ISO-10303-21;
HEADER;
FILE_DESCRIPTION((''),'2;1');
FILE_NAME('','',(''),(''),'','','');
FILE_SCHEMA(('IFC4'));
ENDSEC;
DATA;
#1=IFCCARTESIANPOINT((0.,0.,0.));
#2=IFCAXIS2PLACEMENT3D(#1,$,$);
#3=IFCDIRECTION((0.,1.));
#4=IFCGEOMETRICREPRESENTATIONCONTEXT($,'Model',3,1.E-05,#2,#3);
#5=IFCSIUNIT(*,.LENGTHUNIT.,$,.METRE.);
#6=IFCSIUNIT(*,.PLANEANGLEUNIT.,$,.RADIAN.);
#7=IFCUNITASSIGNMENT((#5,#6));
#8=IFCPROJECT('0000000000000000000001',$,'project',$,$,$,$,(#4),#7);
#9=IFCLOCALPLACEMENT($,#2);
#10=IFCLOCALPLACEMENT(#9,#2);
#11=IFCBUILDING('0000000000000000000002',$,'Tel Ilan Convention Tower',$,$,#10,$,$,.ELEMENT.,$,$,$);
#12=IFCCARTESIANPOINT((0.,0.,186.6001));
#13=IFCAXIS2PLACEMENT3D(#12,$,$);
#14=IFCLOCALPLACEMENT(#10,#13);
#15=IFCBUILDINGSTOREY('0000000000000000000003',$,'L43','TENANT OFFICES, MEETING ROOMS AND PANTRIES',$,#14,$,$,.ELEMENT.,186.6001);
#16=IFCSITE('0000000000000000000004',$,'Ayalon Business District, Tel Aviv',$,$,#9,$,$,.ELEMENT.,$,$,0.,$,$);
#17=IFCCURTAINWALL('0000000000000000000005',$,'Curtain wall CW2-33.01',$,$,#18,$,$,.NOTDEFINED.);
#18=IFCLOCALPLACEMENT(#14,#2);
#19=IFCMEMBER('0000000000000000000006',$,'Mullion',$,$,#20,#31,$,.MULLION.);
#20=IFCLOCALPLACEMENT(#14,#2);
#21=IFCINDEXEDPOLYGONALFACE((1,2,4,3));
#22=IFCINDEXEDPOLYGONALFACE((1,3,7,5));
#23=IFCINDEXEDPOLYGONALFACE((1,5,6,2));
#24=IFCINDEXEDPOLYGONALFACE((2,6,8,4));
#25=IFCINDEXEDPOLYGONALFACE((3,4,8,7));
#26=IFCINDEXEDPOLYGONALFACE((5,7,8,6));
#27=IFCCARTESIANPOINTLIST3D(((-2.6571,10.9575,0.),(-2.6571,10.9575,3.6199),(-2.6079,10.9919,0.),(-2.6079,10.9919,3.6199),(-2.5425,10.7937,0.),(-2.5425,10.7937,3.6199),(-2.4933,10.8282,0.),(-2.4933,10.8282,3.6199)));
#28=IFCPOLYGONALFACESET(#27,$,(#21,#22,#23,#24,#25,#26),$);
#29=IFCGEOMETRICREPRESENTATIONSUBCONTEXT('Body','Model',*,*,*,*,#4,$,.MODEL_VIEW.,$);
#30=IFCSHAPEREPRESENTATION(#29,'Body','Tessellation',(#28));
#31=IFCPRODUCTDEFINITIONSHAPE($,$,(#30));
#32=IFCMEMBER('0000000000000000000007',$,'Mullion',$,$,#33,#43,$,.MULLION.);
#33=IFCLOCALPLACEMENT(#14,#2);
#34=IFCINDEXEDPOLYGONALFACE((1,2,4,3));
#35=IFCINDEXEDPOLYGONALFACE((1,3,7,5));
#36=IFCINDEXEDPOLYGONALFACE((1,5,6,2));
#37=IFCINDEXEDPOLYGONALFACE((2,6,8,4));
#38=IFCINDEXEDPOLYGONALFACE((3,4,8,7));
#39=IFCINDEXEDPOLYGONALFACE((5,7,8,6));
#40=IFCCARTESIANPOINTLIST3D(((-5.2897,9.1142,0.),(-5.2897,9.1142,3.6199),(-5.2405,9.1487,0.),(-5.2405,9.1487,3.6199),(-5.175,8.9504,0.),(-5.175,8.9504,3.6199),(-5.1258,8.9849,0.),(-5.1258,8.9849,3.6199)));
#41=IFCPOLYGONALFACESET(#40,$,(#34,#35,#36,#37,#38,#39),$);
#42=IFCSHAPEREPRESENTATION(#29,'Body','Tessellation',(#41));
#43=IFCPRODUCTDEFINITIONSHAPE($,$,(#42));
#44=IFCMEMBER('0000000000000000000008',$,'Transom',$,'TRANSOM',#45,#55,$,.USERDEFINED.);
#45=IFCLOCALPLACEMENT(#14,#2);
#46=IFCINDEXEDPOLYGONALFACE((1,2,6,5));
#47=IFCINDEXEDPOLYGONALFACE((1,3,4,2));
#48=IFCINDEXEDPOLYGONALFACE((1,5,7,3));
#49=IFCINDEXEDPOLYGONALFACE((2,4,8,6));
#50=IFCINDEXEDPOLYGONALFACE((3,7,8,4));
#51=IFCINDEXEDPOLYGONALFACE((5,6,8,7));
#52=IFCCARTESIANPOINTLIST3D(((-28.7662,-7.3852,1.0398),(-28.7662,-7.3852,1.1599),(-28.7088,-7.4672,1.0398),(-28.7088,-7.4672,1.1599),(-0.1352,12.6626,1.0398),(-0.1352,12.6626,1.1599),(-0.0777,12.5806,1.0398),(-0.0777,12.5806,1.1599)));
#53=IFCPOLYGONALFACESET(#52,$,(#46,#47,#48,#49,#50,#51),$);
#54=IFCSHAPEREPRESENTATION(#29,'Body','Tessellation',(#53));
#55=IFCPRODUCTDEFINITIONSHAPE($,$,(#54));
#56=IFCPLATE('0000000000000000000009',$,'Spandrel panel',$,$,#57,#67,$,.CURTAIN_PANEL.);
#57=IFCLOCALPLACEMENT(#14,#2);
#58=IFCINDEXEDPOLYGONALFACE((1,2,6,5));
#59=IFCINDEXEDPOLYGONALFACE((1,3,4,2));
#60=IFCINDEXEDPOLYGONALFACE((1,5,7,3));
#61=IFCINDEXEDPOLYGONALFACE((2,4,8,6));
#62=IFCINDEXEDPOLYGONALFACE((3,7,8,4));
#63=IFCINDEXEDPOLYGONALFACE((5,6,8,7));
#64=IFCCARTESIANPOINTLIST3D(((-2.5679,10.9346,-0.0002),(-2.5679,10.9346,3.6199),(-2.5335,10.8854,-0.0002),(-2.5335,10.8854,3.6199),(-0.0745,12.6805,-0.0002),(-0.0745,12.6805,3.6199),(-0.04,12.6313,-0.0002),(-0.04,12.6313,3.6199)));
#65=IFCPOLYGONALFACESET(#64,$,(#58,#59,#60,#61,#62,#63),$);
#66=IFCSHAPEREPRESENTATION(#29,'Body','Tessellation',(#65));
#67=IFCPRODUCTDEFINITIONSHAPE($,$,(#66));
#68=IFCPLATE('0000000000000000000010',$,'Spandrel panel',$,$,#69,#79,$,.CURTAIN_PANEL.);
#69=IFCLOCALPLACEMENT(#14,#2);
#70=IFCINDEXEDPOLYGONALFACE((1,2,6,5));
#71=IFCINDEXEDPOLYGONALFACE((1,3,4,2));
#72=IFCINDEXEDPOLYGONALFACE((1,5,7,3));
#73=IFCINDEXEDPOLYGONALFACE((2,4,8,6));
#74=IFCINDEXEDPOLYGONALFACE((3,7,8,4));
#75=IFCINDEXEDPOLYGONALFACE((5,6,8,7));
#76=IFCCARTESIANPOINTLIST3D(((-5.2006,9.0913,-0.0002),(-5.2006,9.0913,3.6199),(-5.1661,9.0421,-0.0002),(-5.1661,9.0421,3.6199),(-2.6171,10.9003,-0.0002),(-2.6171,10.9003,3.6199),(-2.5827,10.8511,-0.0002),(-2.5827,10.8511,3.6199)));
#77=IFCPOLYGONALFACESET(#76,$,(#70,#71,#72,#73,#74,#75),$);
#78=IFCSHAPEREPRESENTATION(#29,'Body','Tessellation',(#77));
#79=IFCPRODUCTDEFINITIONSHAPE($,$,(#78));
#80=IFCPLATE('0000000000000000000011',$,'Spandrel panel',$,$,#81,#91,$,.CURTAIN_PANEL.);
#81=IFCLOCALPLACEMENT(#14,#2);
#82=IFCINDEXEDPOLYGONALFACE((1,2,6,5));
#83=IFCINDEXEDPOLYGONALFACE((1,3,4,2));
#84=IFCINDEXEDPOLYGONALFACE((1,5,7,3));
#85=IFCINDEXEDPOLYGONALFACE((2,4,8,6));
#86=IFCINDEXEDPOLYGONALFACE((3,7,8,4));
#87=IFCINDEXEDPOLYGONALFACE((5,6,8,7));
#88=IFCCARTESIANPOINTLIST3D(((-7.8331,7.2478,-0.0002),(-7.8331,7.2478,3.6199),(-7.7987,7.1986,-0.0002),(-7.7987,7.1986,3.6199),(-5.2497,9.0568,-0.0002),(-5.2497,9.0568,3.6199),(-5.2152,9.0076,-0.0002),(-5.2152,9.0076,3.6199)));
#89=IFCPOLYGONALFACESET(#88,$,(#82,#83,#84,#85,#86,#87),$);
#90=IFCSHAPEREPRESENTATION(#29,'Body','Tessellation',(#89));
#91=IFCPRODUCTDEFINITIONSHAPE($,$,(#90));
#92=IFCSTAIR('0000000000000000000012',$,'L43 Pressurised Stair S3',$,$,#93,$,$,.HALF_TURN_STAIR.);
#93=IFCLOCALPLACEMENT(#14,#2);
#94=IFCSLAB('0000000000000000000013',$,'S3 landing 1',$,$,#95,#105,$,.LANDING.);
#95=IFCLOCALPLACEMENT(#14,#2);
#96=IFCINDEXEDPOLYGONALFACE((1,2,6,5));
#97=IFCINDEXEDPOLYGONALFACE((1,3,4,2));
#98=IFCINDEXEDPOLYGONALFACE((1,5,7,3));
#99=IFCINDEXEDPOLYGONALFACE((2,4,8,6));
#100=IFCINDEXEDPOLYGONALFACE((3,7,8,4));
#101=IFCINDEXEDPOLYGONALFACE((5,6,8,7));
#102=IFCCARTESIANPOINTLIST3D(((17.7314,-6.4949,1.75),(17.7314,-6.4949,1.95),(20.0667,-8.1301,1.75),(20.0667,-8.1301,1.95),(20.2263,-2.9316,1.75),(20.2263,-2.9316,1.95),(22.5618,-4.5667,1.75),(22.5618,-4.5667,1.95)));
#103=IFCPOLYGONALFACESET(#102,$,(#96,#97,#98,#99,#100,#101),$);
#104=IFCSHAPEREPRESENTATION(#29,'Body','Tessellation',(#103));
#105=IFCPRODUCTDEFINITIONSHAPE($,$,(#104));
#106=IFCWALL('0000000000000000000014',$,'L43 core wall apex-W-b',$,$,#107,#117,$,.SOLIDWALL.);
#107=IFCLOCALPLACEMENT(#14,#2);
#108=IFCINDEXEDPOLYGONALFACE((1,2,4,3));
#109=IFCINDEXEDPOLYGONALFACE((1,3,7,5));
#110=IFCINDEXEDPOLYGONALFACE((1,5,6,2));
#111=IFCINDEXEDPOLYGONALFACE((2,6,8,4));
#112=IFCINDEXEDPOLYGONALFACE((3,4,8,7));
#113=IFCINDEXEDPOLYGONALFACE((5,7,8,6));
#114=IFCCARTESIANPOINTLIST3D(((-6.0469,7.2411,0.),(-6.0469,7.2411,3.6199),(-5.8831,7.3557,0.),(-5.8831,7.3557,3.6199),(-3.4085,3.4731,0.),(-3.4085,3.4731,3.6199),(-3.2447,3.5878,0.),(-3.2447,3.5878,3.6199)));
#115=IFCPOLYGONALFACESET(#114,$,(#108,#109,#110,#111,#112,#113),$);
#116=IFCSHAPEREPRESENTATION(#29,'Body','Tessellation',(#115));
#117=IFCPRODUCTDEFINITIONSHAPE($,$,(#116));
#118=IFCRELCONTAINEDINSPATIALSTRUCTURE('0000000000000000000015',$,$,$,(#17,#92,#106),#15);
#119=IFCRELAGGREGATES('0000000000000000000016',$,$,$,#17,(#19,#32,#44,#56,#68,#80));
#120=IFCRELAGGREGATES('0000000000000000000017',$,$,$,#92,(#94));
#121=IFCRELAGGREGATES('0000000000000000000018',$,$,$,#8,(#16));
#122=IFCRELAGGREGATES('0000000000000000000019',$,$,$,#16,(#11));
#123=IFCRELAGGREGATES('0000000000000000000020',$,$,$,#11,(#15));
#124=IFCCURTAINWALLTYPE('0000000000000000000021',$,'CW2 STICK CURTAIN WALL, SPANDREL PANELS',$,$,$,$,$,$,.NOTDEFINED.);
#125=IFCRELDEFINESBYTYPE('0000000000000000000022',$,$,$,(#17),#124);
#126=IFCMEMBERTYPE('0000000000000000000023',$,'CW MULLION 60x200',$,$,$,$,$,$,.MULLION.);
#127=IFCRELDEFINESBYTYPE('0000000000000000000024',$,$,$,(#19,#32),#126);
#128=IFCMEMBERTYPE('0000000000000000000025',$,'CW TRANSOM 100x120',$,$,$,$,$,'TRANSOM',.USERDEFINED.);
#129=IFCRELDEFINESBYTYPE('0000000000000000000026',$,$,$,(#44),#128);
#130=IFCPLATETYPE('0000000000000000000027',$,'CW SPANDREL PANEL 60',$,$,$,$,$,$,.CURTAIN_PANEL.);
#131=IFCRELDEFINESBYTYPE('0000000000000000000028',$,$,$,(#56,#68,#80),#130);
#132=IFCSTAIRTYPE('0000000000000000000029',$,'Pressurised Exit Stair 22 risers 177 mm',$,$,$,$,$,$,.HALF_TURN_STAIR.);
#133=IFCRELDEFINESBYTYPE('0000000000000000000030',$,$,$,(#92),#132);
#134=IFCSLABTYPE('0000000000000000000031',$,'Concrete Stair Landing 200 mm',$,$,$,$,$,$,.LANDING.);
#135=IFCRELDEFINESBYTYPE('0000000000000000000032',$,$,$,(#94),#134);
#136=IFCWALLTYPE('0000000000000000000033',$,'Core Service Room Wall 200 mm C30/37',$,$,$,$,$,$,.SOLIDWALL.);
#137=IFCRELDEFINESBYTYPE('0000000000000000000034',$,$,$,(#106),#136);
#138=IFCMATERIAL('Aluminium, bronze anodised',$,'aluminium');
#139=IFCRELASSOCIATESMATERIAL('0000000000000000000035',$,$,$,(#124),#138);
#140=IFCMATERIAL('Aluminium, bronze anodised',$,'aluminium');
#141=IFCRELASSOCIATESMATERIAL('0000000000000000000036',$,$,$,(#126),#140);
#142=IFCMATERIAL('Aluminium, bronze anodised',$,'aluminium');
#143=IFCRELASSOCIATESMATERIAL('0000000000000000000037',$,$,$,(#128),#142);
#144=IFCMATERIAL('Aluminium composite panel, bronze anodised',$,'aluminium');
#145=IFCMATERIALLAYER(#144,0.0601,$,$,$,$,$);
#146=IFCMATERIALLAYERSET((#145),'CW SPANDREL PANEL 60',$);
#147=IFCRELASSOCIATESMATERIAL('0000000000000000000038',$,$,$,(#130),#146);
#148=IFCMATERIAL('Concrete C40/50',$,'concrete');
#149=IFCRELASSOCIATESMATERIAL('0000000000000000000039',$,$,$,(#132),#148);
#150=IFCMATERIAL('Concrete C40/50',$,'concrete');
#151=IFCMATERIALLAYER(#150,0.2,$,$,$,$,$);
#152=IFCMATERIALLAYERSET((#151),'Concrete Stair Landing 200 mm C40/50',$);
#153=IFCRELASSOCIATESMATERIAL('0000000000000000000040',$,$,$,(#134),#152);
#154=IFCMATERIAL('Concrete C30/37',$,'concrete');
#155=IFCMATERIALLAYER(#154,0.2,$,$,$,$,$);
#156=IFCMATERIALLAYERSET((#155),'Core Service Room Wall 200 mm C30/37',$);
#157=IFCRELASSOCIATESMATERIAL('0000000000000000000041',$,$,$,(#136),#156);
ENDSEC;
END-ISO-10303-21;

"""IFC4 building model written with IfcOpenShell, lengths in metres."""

from ifc_helpers import new_model, si_unit, direction, frame, frame_2d, origin, origin_2d, place, context, subcontext, project, spatial, polyline, rectangle, outline, extrude, material, layer, layer_set, material_profile, profile_set, type_object, element, aggregate, save


model = new_model("IFC4")

# Units and contexts
model_context = context("Model", 3, precision=1e-05, world=origin(), true_north=direction((0.0, 1.0)))
body_context = subcontext(model_context, "Body", "Model", "MODEL_VIEW")
ifc_project = project(units=[si_unit("LENGTHUNIT", "METRE"), si_unit("PLANEANGLEUNIT", "RADIAN")], contexts=[model_context])

# Site, building, storey
site_placement = place(None, origin())
site = spatial("IfcSite", under=ifc_project, at=site_placement, Name="Ayalon Business District, Tel Aviv", CompositionType="ELEMENT", RefElevation=0.0)
building_placement = place(site_placement, origin())
building = spatial("IfcBuilding", under=site, at=building_placement, Name="Tel Ilan Convention Tower", CompositionType="ELEMENT")
storey_placement = place(building_placement, frame((0.0, 0.0, 186.6001)))
storey = spatial("IfcBuildingStorey", under=building, at=storey_placement, Name="L43", Description="TENANT OFFICES, MEETING ROOMS AND PANTRIES", CompositionType="ELEMENT", Elevation=186.6001)

# Curtain wall, members, plates
ifc_material_1 = material(Name="Aluminium, bronze anodised", Category="aluminium")
curtain_wall_type = type_object("IfcCurtainWallType", Name="CW2 STICK CURTAIN WALL, SPANDREL PANELS", PredefinedType="NOTDEFINED", material=ifc_material_1)
curtain_wall_placement = place(storey_placement, origin())
curtain_wall = element("IfcCurtainWall", 1, at=curtain_wall_placement, inside=storey, type_object=curtain_wall_type, Name="Curtain wall CW2-33.01", PredefinedType="NOTDEFINED")
ifc_material_2 = material(Name="Aluminium, bronze anodised", Category="aluminium")
ifc_material_profile_1 = material_profile(ifc_material_2, rectangle(XDim=0.0601, YDim=0.2, at=origin_2d()), Name="CW MULLION 60x200")
ifc_profile_set_1 = profile_set([ifc_material_profile_1], Name="Aluminium, bronze anodised")
member_type_1 = type_object("IfcMemberType", Name="CW MULLION 60x200", PredefinedType="MULLION", material=ifc_profile_set_1)
member_1_placement = place(storey_placement, frame((-2.5752, 10.8928, 0.0), z_axis=(0.0, 0.0, 1.0), x_axis=(-0.819152, -0.573576, 0.0)))
member_1 = element("IfcMember", 2, at=member_1_placement, type_object=member_type_1, Name="Mullion", PredefinedType="MULLION", context=body_context, shape_type="SweptSolid", body=[
    extrude(rectangle(XDim=0.0601, YDim=0.2, at=origin_2d()), origin(), (0.0, 0.0, 1.0), 3.6199),
])
member_2_placement = place(storey_placement, frame((-5.2078, 9.0496, 0.0), z_axis=(0.0, 0.0, 1.0), x_axis=(-0.819152, -0.573576, 0.0)))
member_2 = element("IfcMember", 3, at=member_2_placement, type_object=member_type_1, Name="Mullion", PredefinedType="MULLION", context=body_context, shape_type="SweptSolid", body=[
    extrude(rectangle(XDim=0.0601, YDim=0.2, at=origin_2d()), origin(), (0.0, 0.0, 1.0), 3.6199),
])
ifc_material_3 = material(Name="Aluminium, bronze anodised", Category="aluminium")
ifc_material_profile_2 = material_profile(ifc_material_3, rectangle(XDim=0.1001, YDim=0.1201, at=origin_2d()), Name="CW TRANSOM 100x120")
ifc_profile_set_2 = profile_set([ifc_material_profile_2], Name="Aluminium, bronze anodised")
member_type_2 = type_object("IfcMemberType", Name="CW TRANSOM 100x120", ElementType="TRANSOM", PredefinedType="USERDEFINED", material=ifc_profile_set_2)
member_3_placement = place(storey_placement, frame((-0.1064, 12.6216, 1.0999), z_axis=(-0.81915, -0.573579, 0.0), x_axis=(0.573579, -0.81915, 0.0)))
member_3 = element("IfcMember", 4, at=member_3_placement, type_object=member_type_2, Name="Transom", ObjectType="TRANSOM", PredefinedType="USERDEFINED", context=body_context, shape_type="SweptSolid", body=[
    extrude(rectangle(XDim=0.1001, YDim=0.1201, at=origin_2d()), origin(), (0.0, 0.0, 1.0), 34.9521),
])
ifc_material_4 = material(Name="Aluminium composite panel, bronze anodised", Category="aluminium")
ifc_layer_1 = layer(ifc_material_4, 0.0601)
ifc_layer_set_1 = layer_set([ifc_layer_1], Name="CW SPANDREL PANEL 60")
plate_type = type_object("IfcPlateType", Name="CW SPANDREL PANEL 60", PredefinedType="CURTAIN_PANEL", material=ifc_layer_set_1)
plate_1_placement = place(storey_placement, frame((-1.304, 11.783, -0.0002), z_axis=(0.0, 0.0, 1.0), x_axis=(-0.819152, -0.573576, 0.0)))
plate_1 = element("IfcPlate", 5, at=plate_1_placement, type_object=plate_type, Name="Spandrel panel", PredefinedType="CURTAIN_PANEL", context=body_context, shape_type="SweptSolid", body=[
    extrude(rectangle(XDim=3.0439, YDim=0.0601, at=origin_2d()), origin(), (0.0, 0.0, 1.0), 3.6201),
])
plate_2_placement = place(storey_placement, frame((-3.8916, 9.9712, -0.0002), z_axis=(0.0, 0.0, 1.0), x_axis=(-0.819152, -0.573576, 0.0)))
plate_2 = element("IfcPlate", 6, at=plate_2_placement, type_object=plate_type, Name="Spandrel panel", PredefinedType="CURTAIN_PANEL", context=body_context, shape_type="SweptSolid", body=[
    extrude(rectangle(XDim=3.1538, YDim=0.0601, at=origin_2d()), origin(), (0.0, 0.0, 1.0), 3.6201),
])
plate_3_placement = place(storey_placement, frame((-6.5242, 8.1277, -0.0002), z_axis=(0.0, 0.0, 1.0), x_axis=(-0.819152, -0.573576, 0.0)))
plate_3 = element("IfcPlate", 7, at=plate_3_placement, type_object=plate_type, Name="Spandrel panel", PredefinedType="CURTAIN_PANEL", context=body_context, shape_type="SweptSolid", body=[
    extrude(rectangle(XDim=3.1538, YDim=0.0601, at=origin_2d()), origin(), (0.0, 0.0, 1.0), 3.6201),
])
aggregate(curtain_wall, [member_1, member_2, member_3, plate_1, plate_2, plate_3])

# Stair, slab
ifc_material_5 = material(Name="Concrete C40/50", Category="concrete")
stair_type = type_object("IfcStairType", Name="Pressurised Exit Stair 22 risers 177 mm", PredefinedType="HALF_TURN_STAIR", material=ifc_material_5)
stair_placement = place(storey_placement, origin())
stair = element("IfcStair", 8, at=stair_placement, inside=storey, type_object=stair_type, Name="L43 Pressurised Stair S3", PredefinedType="HALF_TURN_STAIR")
ifc_material_6 = material(Name="Concrete C40/50", Category="concrete")
ifc_layer_2 = layer(ifc_material_6, 0.2)
ifc_layer_set_2 = layer_set([ifc_layer_2], Name="Concrete Stair Landing 200 mm C40/50")
slab_type = type_object("IfcSlabType", Name="Concrete Stair Landing 200 mm", PredefinedType="LANDING", material=ifc_layer_set_2)
slab_placement = place(storey_placement, frame((0.0, 0.0, 1.75)))
slab = element("IfcSlab", 9, at=slab_placement, type_object=slab_type, Name="S3 landing 1", PredefinedType="LANDING", context=body_context, shape_type="SweptSolid", body=[
    extrude(outline(polyline([(22.5618, -4.5667), (20.2263, -2.9316), (17.7314, -6.4949), (20.0667, -8.1301), (22.5618, -4.5667)])), origin(), (0.0, 0.0, 1.0), 0.2),
])
aggregate(stair, [slab])

# Wall
ifc_material_7 = material(Name="Concrete C30/37", Category="concrete")
ifc_layer_3 = layer(ifc_material_7, 0.2)
ifc_layer_set_3 = layer_set([ifc_layer_3], Name="Core Service Room Wall 200 mm C30/37")
wall_type_1 = type_object("IfcWallType", Name="Core Service Room Wall 200 mm C30/37", PredefinedType="SOLIDWALL", material=ifc_layer_set_3)
wall_1_placement = place(storey_placement, frame((-3.3267, 3.5305, 0.0), z_axis=(0.0, 0.0, 1.0), x_axis=(-0.573576, 0.819152, 0.0)))
element("IfcWall", 10, at=wall_1_placement, inside=storey, type_object=wall_type_1, Name="L43 core wall apex-W-b", PredefinedType="SOLIDWALL", context=body_context, shape_type="SweptSolid", body=[
    extrude(rectangle(XDim=4.5999, YDim=0.2, at=frame_2d((2.2998, 0.0))), origin(), (0.0, 0.0, 1.0), 3.6199),
])

save(model, "model.ifc")
